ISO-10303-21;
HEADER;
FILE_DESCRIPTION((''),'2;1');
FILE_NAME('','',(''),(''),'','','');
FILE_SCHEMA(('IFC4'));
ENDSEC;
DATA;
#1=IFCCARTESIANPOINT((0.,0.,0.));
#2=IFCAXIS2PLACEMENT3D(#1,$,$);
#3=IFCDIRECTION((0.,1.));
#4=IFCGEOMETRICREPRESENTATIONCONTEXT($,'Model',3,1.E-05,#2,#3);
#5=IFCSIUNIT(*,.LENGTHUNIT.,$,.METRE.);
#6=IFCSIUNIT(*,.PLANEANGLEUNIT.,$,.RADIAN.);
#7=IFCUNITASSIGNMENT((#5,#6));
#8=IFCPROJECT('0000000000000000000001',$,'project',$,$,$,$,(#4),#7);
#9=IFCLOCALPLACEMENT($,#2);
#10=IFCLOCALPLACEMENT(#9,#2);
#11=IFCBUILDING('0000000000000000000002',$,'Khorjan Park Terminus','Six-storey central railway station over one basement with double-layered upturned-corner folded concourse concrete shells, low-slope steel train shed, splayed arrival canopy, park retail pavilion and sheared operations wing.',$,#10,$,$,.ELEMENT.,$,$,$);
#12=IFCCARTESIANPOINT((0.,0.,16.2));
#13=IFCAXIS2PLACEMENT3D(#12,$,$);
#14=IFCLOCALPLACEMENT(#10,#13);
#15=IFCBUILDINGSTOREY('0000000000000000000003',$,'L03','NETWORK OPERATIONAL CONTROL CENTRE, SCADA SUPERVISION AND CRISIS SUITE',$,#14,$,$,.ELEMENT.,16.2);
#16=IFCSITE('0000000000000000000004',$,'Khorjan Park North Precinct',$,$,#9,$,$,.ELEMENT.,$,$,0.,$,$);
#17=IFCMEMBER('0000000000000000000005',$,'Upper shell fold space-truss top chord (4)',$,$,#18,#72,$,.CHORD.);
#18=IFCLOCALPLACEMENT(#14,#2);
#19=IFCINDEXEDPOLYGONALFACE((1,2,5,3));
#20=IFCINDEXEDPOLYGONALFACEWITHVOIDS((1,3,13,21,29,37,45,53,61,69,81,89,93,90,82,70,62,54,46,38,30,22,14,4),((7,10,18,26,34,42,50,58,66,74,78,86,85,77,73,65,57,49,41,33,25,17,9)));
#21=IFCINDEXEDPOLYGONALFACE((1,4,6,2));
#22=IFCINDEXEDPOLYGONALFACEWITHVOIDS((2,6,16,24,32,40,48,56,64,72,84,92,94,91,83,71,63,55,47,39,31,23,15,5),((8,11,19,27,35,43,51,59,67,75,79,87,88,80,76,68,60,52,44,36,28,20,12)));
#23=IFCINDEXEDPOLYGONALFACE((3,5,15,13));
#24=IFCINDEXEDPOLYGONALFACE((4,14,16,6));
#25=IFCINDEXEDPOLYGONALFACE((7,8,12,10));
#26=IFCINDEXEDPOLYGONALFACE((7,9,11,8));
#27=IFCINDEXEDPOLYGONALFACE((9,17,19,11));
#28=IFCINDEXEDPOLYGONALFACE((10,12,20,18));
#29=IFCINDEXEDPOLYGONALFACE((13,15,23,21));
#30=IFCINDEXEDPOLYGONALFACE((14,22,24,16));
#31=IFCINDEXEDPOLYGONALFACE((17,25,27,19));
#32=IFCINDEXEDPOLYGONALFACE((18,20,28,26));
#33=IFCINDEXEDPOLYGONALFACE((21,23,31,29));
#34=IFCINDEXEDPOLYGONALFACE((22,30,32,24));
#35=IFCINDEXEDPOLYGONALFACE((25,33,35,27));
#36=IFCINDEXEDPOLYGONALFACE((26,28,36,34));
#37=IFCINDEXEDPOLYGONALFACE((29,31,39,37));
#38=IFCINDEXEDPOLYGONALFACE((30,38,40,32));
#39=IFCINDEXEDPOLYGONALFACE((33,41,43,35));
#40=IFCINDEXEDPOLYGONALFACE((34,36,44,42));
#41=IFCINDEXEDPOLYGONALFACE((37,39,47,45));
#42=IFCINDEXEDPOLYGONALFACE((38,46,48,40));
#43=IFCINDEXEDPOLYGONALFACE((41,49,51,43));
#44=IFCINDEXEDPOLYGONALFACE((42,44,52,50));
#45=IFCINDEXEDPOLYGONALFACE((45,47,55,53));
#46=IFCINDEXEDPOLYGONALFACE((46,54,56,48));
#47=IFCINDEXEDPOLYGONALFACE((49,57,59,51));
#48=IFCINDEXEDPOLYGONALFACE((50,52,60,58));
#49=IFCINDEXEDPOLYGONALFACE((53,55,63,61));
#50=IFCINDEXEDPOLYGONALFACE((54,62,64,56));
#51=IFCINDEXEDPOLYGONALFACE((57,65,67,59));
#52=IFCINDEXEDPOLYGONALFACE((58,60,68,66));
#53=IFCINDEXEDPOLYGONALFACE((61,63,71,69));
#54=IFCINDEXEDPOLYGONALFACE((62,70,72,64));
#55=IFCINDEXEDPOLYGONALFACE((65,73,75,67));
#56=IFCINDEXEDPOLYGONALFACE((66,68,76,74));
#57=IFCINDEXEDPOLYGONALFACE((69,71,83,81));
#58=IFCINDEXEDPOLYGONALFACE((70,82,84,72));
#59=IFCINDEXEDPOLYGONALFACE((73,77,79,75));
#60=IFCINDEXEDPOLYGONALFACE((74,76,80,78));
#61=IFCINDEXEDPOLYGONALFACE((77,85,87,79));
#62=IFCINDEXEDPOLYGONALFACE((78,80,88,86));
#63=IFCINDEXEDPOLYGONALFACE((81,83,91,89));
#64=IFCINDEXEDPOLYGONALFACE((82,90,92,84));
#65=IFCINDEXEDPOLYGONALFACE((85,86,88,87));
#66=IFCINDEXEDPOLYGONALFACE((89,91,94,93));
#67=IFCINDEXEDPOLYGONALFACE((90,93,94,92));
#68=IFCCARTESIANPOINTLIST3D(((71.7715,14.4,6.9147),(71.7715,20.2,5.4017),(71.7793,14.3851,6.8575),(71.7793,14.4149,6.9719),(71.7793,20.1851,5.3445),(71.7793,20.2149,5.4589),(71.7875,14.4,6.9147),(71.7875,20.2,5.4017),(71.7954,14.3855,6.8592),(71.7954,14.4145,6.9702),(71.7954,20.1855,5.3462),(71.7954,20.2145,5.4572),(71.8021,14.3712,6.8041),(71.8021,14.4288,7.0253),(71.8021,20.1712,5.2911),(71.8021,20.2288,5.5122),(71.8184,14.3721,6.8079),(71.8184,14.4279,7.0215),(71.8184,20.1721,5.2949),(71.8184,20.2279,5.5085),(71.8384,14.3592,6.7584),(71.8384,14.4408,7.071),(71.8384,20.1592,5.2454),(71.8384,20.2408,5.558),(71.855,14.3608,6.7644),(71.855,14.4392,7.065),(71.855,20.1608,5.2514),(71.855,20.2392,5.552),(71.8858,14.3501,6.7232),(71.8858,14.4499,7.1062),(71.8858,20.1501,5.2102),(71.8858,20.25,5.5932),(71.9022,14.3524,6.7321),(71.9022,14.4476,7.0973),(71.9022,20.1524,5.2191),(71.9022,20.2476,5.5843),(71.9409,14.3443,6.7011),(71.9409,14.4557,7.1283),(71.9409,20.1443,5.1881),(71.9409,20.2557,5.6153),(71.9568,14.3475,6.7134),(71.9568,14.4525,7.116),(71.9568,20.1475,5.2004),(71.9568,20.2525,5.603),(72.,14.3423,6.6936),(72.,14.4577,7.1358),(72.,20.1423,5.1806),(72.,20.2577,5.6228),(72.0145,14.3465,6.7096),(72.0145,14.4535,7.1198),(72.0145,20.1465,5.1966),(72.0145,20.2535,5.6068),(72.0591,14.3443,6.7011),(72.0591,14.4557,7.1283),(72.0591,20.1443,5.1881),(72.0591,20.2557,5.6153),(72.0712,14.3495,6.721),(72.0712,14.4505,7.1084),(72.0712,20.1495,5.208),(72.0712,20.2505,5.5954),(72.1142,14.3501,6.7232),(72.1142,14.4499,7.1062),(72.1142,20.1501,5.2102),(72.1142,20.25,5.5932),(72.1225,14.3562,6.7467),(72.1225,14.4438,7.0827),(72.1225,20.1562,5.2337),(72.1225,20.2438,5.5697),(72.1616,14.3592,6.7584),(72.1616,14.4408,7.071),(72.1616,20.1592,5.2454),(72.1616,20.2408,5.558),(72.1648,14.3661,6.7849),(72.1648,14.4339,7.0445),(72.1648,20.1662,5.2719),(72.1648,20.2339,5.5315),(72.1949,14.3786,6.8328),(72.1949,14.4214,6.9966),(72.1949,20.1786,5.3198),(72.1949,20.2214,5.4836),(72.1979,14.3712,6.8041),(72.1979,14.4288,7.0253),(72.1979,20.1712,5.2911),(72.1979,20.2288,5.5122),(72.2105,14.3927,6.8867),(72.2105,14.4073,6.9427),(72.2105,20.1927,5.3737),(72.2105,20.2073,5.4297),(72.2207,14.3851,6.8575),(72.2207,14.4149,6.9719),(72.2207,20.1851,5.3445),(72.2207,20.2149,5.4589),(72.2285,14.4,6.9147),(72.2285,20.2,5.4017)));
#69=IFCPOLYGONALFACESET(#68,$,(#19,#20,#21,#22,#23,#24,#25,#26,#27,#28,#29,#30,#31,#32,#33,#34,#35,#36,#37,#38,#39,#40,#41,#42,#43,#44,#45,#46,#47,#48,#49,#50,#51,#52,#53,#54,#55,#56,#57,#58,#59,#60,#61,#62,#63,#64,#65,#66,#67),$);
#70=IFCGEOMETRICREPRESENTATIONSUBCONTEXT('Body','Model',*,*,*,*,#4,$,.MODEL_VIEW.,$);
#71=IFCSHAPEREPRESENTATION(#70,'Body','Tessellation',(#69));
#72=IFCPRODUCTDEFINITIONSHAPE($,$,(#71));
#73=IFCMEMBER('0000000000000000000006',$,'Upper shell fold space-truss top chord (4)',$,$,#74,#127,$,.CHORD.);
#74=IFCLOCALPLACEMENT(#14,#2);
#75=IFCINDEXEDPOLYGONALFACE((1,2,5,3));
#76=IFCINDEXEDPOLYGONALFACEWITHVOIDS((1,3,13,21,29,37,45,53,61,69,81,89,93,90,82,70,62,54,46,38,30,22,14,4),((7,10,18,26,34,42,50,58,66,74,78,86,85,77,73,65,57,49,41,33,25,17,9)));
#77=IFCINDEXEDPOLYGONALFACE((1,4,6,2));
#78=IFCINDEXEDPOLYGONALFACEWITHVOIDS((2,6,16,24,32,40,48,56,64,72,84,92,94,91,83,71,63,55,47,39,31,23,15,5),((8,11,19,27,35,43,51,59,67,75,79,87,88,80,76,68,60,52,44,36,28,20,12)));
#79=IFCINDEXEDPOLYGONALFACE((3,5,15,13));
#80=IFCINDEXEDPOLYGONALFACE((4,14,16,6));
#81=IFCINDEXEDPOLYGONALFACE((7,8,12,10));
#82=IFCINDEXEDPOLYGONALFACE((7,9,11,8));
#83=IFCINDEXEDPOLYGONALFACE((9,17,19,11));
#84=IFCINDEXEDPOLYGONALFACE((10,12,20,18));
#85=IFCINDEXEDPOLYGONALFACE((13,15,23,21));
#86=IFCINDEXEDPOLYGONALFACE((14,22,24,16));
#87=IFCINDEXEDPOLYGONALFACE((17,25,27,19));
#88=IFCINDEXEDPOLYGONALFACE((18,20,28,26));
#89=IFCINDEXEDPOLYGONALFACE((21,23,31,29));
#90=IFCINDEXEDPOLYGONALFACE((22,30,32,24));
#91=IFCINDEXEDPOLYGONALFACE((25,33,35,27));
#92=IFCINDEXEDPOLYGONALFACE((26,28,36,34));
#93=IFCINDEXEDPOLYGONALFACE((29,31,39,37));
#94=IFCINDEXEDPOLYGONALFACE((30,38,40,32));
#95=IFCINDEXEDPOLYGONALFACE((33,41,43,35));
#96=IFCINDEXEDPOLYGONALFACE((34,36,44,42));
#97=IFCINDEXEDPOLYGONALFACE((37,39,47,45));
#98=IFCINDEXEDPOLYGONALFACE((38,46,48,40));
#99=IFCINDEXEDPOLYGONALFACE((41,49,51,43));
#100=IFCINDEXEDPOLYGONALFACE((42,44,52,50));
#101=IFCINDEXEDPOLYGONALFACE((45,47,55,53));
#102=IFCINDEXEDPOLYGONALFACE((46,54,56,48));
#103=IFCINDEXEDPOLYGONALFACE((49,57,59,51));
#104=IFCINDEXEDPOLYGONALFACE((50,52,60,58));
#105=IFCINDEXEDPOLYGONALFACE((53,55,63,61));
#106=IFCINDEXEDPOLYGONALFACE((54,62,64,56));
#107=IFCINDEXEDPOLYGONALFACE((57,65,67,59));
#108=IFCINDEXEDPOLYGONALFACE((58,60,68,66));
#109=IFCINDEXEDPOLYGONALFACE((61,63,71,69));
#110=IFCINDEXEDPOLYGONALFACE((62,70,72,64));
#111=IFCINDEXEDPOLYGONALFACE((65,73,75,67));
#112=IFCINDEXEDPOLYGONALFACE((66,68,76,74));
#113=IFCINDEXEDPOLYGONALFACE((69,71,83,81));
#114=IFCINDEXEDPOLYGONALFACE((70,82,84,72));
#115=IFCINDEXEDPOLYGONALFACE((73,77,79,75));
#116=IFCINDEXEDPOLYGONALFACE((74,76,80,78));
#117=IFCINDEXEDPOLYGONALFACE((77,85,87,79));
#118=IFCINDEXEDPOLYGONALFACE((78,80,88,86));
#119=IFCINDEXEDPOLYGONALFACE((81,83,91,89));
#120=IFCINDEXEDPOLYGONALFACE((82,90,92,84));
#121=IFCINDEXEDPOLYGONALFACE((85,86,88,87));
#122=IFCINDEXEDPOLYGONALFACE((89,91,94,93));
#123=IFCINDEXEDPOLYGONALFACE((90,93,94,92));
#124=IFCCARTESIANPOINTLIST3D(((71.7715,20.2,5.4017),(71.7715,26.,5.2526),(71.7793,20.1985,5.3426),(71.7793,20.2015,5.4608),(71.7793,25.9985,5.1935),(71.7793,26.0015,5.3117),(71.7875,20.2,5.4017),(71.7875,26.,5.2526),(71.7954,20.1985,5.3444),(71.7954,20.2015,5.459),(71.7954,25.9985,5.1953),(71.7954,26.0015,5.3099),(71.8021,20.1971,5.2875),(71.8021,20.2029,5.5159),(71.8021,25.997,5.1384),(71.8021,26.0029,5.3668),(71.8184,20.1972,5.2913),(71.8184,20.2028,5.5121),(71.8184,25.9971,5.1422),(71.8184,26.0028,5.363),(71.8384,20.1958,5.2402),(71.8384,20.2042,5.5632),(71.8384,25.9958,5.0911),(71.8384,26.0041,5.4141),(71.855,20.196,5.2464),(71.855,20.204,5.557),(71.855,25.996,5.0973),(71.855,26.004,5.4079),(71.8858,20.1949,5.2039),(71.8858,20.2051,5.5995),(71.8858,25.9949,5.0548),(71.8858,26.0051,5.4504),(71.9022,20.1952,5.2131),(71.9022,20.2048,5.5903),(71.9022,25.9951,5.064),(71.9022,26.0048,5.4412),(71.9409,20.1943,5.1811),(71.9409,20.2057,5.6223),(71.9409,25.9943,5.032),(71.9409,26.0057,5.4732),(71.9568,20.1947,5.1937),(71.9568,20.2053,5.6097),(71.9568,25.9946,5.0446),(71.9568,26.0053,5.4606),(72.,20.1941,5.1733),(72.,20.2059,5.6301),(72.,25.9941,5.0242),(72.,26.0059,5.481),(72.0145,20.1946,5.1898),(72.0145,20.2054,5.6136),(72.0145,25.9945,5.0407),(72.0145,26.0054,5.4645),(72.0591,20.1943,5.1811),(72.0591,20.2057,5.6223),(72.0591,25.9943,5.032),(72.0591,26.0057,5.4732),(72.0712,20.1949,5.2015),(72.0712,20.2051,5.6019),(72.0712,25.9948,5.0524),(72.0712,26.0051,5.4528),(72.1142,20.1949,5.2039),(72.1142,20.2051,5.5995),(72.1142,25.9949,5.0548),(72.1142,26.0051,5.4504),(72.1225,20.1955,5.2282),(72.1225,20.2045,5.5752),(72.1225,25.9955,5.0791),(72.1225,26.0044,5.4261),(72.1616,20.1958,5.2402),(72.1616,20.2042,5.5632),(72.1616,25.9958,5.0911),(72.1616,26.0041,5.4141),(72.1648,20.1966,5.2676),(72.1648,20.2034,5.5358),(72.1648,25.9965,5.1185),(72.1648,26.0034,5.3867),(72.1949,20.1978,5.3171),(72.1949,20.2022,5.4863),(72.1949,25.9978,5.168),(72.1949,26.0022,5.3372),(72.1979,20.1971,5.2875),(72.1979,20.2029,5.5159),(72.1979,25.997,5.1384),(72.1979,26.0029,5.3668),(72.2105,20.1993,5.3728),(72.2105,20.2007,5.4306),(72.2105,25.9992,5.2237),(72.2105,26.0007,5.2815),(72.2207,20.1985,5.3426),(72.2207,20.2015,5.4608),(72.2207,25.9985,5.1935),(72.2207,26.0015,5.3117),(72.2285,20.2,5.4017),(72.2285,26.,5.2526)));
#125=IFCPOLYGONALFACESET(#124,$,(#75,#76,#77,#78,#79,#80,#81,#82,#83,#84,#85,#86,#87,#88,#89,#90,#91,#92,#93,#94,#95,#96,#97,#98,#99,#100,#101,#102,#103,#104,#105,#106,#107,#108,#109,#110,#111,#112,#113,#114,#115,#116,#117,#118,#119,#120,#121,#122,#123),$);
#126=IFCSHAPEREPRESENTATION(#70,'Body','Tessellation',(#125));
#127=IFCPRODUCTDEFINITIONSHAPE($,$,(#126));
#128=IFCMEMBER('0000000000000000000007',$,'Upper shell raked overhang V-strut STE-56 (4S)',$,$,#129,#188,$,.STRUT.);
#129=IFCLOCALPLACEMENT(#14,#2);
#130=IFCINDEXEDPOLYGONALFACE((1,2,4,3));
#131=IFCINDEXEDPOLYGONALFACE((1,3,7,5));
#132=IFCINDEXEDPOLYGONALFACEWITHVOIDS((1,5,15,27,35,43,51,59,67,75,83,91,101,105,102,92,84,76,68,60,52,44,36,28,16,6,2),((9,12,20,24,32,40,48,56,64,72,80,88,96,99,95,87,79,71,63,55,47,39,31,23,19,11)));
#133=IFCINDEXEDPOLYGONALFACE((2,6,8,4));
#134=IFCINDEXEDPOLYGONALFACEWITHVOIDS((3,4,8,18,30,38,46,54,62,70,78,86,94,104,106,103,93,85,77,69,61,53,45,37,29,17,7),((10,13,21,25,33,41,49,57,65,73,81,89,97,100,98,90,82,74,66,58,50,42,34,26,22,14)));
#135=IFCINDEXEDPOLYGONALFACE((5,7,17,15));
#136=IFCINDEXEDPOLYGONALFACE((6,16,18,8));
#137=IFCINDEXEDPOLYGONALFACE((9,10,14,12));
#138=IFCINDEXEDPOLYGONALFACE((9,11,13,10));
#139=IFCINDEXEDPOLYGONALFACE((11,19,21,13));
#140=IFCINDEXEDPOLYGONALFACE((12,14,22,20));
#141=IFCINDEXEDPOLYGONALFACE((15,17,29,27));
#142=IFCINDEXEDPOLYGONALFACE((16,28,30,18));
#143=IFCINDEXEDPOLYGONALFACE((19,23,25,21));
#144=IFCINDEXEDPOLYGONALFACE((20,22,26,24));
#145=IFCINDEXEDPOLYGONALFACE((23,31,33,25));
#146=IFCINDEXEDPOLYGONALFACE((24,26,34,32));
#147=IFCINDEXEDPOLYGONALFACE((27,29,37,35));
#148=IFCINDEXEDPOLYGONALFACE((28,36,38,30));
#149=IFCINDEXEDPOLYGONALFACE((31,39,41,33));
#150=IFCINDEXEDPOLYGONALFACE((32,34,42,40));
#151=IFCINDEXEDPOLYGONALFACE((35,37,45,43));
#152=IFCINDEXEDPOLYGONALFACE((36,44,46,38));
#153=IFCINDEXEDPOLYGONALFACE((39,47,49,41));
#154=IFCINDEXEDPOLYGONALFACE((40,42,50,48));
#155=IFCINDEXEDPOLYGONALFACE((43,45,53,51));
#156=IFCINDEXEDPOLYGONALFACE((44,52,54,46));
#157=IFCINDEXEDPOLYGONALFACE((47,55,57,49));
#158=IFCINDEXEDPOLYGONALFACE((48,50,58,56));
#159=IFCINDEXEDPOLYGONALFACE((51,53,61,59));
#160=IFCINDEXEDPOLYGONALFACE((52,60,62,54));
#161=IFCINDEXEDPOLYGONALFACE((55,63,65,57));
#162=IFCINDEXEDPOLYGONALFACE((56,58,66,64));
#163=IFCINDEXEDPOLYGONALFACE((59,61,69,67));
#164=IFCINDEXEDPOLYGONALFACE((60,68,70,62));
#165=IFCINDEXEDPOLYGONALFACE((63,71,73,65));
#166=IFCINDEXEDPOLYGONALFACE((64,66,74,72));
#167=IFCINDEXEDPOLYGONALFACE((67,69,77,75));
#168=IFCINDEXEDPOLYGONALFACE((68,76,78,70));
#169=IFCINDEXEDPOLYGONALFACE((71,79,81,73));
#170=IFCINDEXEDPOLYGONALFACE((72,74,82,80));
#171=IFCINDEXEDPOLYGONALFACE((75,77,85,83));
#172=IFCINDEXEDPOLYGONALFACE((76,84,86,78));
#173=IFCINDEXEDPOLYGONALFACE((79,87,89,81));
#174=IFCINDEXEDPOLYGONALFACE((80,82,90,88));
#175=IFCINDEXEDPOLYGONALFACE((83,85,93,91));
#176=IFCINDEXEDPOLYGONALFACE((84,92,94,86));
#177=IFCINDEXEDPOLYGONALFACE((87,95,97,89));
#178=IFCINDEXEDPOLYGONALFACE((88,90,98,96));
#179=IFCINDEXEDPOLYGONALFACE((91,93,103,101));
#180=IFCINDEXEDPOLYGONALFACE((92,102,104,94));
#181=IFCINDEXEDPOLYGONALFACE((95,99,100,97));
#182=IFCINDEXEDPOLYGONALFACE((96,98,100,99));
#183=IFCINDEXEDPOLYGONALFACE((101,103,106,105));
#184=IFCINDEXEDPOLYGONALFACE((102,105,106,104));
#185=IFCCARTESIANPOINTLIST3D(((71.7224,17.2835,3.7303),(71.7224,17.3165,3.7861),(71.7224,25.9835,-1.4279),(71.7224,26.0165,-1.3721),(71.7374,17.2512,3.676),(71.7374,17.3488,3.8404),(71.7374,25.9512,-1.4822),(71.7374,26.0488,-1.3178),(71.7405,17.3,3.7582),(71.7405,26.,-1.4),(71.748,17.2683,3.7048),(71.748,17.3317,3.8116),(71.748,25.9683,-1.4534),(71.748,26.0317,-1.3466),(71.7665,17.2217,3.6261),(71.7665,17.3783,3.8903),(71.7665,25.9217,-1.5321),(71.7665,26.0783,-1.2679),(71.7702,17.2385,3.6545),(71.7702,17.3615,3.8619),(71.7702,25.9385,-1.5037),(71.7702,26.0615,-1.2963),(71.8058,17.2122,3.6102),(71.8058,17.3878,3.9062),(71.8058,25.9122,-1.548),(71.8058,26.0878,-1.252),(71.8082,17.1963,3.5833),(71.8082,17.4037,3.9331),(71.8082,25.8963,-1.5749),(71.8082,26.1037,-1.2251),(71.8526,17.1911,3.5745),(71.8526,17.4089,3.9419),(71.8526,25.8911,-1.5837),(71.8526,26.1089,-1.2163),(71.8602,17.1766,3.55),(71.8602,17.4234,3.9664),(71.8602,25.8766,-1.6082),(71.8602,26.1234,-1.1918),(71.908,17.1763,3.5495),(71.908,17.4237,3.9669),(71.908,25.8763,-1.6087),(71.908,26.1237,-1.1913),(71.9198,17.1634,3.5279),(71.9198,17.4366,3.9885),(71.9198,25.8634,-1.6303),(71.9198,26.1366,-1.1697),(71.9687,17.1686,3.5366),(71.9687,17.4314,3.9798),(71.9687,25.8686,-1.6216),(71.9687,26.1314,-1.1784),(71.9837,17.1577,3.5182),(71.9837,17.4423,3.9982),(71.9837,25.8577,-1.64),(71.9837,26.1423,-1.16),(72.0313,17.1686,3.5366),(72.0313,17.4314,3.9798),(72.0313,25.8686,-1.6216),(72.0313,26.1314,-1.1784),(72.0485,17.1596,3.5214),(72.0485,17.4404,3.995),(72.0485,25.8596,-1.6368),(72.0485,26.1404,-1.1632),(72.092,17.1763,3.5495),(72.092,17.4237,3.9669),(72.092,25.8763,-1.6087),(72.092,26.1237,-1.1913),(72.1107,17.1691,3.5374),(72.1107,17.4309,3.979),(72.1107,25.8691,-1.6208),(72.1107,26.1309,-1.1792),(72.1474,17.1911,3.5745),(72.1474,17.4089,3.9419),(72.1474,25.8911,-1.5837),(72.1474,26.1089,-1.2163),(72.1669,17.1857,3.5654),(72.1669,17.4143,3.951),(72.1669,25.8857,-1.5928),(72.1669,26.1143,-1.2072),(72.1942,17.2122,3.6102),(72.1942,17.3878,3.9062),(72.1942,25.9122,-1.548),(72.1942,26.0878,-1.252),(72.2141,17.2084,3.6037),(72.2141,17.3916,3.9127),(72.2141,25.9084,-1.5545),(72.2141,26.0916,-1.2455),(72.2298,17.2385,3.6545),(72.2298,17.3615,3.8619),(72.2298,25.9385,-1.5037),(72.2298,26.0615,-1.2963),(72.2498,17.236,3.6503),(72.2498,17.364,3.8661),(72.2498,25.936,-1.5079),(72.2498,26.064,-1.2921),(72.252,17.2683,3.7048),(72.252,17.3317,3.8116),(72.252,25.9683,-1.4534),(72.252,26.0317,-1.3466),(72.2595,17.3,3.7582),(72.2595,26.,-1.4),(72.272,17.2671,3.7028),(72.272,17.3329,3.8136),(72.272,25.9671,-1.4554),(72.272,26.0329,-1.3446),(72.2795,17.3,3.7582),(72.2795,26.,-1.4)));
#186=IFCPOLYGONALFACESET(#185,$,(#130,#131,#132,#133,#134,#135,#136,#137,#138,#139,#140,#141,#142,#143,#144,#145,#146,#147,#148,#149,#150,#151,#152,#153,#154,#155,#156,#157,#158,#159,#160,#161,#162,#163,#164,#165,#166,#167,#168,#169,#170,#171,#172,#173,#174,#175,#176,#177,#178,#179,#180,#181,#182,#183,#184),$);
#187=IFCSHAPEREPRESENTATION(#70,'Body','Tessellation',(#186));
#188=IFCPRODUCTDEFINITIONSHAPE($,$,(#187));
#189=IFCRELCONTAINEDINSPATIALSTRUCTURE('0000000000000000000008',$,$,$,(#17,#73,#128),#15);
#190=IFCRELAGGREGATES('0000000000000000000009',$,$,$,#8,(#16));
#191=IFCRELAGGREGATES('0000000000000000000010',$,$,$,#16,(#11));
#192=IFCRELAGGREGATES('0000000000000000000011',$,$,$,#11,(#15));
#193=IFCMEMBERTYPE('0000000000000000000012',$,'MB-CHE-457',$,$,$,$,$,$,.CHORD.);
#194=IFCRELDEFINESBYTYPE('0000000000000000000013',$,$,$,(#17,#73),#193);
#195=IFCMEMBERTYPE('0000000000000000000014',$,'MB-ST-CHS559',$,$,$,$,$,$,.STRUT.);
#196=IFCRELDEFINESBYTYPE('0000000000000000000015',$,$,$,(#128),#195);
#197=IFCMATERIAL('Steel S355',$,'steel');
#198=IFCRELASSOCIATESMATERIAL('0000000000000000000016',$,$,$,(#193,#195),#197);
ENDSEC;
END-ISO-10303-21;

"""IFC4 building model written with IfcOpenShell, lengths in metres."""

from ifc_helpers import new_model, si_unit, direction, frame, origin, origin_2d, place, context, subcontext, project, spatial, hollow_circle, extrude, material, material_profile, profile_set, type_object, element, save


model = new_model("IFC4")

# Units and contexts
model_context = context("Model", 3, precision=1e-05, world=origin(), true_north=direction((0.0, 1.0)))
body_context = subcontext(model_context, "Body", "Model", "MODEL_VIEW")
ifc_project = project(units=[si_unit("LENGTHUNIT", "METRE"), si_unit("PLANEANGLEUNIT", "RADIAN")], contexts=[model_context])

# Site, building, storey
site_placement = place(None, origin())
site = spatial("IfcSite", under=ifc_project, at=site_placement, Name="Khorjan Park North Precinct", CompositionType="ELEMENT", RefElevation=0.0)
building_placement = place(site_placement, origin())
building = spatial("IfcBuilding", under=site, at=building_placement, Name="Khorjan Park Terminus", Description="Six-storey central railway station over one basement with double-layered upturned-corner folded concourse concrete shells, low-slope steel train shed, splayed arrival canopy, park retail pavilion and sheared operations wing.", CompositionType="ELEMENT")
storey_placement = place(building_placement, frame((0.0, 0.0, 16.2)))
storey = spatial("IfcBuildingStorey", under=building, at=storey_placement, Name="L03", Description="NETWORK OPERATIONAL CONTROL CENTRE, SCADA SUPERVISION AND CRISIS SUITE", CompositionType="ELEMENT", Elevation=16.2)

# Members
ifc_material_1 = material(Name="Steel S355", Category="steel")
ifc_material_profile_1 = material_profile(ifc_material_1, hollow_circle(Radius=0.2285, WallThickness=0.016, at=origin_2d()), Name="CHS 457x16")
ifc_profile_set_1 = profile_set([ifc_material_profile_1], Name="Steel S355")
member_type_1 = type_object("IfcMemberType", Name="MB-CHE-457", PredefinedType="CHORD", material=ifc_profile_set_1)
member_1_placement = place(storey_placement, frame((72.0, 14.4, 6.9147), z_axis=(0.0, 0.967619, -0.252415), x_axis=(-1.0, 0.0, 0.0)))
element("IfcMember", 1, at=member_1_placement, inside=storey, type_object=member_type_1, Name="Upper shell fold space-truss top chord (4)", PredefinedType="CHORD", context=body_context, shape_type="SweptSolid", body=[
    extrude(hollow_circle(Radius=0.2285, WallThickness=0.016, at=origin_2d()), origin(), (0.0, 0.0, 1.0), 5.9941),
])
member_2_placement = place(storey_placement, frame((72.0, 20.2, 5.4017), z_axis=(0.0, 0.99967, -0.025698), x_axis=(-1.0, 0.0, 0.0)))
element("IfcMember", 2, at=member_2_placement, inside=storey, type_object=member_type_1, Name="Upper shell fold space-truss top chord (4)", PredefinedType="CHORD", context=body_context, shape_type="SweptSolid", body=[
    extrude(hollow_circle(Radius=0.2285, WallThickness=0.016, at=origin_2d()), origin(), (0.0, 0.0, 1.0), 5.8019),
])
ifc_material_profile_2 = material_profile(ifc_material_1, hollow_circle(Radius=0.2795, WallThickness=0.02, at=origin_2d()), Name="CHS 559x20")
ifc_profile_set_2 = profile_set([ifc_material_profile_2], Name="Steel S355")
member_type_2 = type_object("IfcMemberType", Name="MB-ST-CHS559", PredefinedType="STRUT", material=ifc_profile_set_2)
member_3_placement = place(storey_placement, frame((72.0, 26.0, -1.4), z_axis=(0.0, -0.860177, 0.509996), x_axis=(1.0, 0.0, 0.0)))
element("IfcMember", 3, at=member_3_placement, inside=storey, type_object=member_type_2, Name="Upper shell raked overhang V-strut STE-56 (4S)", PredefinedType="STRUT", context=body_context, shape_type="SweptSolid", body=[
    extrude(hollow_circle(Radius=0.2795, WallThickness=0.02, at=origin_2d()), origin(), (0.0, 0.0, 1.0), 10.1142),
])

save(model, "model.ifc")
